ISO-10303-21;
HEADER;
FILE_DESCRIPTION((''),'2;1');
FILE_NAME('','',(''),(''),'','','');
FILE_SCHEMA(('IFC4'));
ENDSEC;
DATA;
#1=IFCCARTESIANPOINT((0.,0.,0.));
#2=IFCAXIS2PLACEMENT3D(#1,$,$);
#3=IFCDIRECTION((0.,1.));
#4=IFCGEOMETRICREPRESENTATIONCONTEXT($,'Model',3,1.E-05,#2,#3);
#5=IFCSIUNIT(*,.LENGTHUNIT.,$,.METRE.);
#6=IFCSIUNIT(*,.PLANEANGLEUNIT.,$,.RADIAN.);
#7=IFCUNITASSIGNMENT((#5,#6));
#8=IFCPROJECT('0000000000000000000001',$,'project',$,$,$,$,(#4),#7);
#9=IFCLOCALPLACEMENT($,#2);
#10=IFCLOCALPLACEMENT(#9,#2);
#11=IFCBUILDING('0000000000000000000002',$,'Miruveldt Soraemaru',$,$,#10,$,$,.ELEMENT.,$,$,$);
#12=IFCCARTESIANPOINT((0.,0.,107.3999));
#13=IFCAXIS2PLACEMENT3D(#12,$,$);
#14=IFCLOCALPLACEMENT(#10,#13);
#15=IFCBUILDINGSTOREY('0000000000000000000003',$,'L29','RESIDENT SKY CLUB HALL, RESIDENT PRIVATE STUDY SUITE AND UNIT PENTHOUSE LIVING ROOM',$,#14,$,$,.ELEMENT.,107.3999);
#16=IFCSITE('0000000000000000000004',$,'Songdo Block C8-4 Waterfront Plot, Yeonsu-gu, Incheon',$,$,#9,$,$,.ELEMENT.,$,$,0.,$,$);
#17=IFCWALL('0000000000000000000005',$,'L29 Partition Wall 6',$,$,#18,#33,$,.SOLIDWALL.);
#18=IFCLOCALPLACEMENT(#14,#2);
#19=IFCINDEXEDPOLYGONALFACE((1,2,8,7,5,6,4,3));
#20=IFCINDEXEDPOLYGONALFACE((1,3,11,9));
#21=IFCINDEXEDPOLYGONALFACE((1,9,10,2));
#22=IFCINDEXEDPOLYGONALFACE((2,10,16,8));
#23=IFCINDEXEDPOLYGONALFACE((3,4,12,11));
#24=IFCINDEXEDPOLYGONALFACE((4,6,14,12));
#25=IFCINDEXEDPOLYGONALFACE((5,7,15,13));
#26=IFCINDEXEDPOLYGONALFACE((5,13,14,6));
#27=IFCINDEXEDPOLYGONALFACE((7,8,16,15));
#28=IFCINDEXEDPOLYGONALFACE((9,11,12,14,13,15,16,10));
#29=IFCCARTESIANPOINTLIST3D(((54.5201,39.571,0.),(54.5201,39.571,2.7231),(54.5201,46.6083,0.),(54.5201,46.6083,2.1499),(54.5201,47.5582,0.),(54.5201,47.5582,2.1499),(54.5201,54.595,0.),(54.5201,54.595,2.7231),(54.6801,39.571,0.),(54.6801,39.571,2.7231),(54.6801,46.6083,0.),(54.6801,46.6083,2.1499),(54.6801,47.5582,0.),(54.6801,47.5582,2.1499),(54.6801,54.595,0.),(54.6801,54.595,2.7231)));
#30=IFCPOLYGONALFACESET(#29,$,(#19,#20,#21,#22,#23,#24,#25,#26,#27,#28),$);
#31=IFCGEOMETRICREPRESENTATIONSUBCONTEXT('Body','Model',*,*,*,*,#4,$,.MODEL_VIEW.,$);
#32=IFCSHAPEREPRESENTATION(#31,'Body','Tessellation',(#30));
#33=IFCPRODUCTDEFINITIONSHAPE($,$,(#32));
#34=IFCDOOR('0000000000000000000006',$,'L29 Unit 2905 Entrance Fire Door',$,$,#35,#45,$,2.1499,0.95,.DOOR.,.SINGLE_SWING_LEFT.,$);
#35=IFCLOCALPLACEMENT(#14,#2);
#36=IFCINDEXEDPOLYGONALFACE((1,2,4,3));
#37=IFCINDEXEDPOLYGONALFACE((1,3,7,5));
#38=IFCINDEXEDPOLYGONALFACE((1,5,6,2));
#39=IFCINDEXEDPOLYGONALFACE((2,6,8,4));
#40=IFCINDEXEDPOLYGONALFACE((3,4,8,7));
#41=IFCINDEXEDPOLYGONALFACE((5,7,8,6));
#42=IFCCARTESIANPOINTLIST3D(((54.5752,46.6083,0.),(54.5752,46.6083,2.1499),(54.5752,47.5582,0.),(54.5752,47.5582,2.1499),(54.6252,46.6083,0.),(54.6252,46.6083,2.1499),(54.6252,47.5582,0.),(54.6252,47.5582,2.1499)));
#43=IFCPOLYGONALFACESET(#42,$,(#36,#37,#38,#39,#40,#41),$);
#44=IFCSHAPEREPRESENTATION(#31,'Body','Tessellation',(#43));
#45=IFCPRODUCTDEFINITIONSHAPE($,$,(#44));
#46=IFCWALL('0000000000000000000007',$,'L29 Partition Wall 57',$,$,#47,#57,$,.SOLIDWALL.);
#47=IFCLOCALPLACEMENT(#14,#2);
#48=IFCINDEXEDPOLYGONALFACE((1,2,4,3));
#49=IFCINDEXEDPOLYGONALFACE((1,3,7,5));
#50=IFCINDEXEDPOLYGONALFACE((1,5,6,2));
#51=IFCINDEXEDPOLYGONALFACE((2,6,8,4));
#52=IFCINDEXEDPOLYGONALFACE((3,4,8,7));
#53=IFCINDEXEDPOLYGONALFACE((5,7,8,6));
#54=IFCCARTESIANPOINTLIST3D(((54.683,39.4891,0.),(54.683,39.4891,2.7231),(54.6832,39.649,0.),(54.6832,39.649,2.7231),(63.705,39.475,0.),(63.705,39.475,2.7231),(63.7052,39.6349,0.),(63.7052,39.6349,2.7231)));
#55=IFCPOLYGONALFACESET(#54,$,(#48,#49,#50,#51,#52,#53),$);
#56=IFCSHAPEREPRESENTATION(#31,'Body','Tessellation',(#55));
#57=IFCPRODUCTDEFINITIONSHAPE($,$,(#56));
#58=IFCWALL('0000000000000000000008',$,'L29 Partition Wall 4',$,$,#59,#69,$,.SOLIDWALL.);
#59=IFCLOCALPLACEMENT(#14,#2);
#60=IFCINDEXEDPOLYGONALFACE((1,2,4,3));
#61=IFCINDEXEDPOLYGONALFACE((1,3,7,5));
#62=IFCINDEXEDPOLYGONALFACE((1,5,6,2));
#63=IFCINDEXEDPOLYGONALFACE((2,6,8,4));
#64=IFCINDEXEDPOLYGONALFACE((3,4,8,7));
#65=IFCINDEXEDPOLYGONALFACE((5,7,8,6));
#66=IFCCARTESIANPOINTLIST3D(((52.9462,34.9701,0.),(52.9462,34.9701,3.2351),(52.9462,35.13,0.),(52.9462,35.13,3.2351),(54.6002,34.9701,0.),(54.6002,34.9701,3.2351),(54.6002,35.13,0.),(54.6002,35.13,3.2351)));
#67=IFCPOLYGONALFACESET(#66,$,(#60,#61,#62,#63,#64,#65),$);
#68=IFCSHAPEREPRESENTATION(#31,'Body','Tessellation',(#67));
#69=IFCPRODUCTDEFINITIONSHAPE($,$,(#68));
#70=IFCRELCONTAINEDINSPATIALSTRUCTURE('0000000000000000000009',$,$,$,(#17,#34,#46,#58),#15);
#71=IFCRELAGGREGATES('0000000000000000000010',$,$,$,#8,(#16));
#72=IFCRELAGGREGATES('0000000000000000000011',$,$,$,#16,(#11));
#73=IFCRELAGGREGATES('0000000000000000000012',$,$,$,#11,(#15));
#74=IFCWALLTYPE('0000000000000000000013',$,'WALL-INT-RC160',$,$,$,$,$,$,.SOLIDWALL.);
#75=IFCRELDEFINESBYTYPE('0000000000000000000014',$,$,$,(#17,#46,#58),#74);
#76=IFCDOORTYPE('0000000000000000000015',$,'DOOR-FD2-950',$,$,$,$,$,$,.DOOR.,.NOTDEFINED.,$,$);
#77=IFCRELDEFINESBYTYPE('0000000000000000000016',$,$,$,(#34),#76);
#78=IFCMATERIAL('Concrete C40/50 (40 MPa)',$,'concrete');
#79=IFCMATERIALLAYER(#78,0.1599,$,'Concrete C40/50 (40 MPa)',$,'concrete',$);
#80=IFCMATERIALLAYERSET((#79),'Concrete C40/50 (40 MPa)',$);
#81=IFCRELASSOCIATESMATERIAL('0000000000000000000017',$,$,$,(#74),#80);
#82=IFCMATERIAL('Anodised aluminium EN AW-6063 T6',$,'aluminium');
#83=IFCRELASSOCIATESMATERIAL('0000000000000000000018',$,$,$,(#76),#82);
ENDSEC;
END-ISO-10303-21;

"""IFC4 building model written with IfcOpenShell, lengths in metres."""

from ifc_helpers import new_model, si_unit, direction, frame, frame_2d, origin, place, context, subcontext, project, spatial, rectangle, extrude, material, layer, layer_set, type_object, element, fill, save


model = new_model("IFC4")

# Units and contexts
model_context = context("Model", 3, precision=1e-05, world=origin(), true_north=direction((0.0, 1.0)))
body_context = subcontext(model_context, "Body", "Model", "MODEL_VIEW")
ifc_project = project(units=[si_unit("LENGTHUNIT", "METRE"), si_unit("PLANEANGLEUNIT", "RADIAN")], contexts=[model_context])

# Site, building, storey
site_placement = place(None, origin())
site = spatial("IfcSite", under=ifc_project, at=site_placement, Name="Songdo Block C8-4 Waterfront Plot, Yeonsu-gu, Incheon", CompositionType="ELEMENT", RefElevation=0.0)
building_placement = place(site_placement, origin())
building = spatial("IfcBuilding", under=site, at=building_placement, Name="Miruveldt Soraemaru", CompositionType="ELEMENT")
storey_placement = place(building_placement, frame((0.0, 0.0, 107.3999)))
storey = spatial("IfcBuildingStorey", under=building, at=storey_placement, Name="L29", Description="RESIDENT SKY CLUB HALL, RESIDENT PRIVATE STUDY SUITE AND UNIT PENTHOUSE LIVING ROOM", CompositionType="ELEMENT", Elevation=107.3999)

# Shared definitions
ifc_material_1 = material(Name="Anodised aluminium EN AW-6063 T6", Category="aluminium")

# Wall, opening, door
ifc_material_2 = material(Name="Concrete C40/50 (40 MPa)", Category="concrete")
ifc_layer_1 = layer(ifc_material_2, 0.1599, Name="Concrete C40/50 (40 MPa)", Category="concrete")
ifc_layer_set_1 = layer_set([ifc_layer_1], Name="Concrete C40/50 (40 MPa)")
wall_type_1 = type_object("IfcWallType", Name="WALL-INT-RC160", PredefinedType="SOLIDWALL", material=ifc_layer_set_1)
wall_1_placement = place(storey_placement, frame((54.6001, 39.571, 0.0), z_axis=(0.0, 0.0, 1.0), x_axis=(0.0, 1.0, 0.0)))
wall_1 = element("IfcWall", 1, at=wall_1_placement, inside=storey, type_object=wall_type_1, Name="L29 Partition Wall 6", PredefinedType="SOLIDWALL", context=body_context, shape_type="SweptSolid", body=[
    extrude(rectangle(XDim=15.0239, YDim=0.1599, at=frame_2d((7.512, 0.0))), origin(), (0.0, 0.0, 1.0), 2.7231),
])
opening_1_placement = place(wall_1_placement, frame((7.0371, 0.0, 0.0)))
opening_1 = element("IfcOpeningElement", 2, at=opening_1_placement, cuts=wall_1, PredefinedType="OPENING", context=body_context, shape_type="SweptSolid", body=[
    extrude(rectangle(XDim=0.95, YDim=2.1499, at=frame_2d((0.4751, 1.075))), frame((0.0, 0.0898, 0.0), z_axis=(0.0, -1.0, 0.0), x_axis=(1.0, 0.0, 0.0)), (0.0, 0.0, 1.0), 0.1799),
])
door_type_1 = type_object("IfcDoorType", Name="DOOR-FD2-950", OperationType="NOTDEFINED", PredefinedType="DOOR", material=ifc_material_1)
door_1_placement = place(opening_1_placement, origin())
door_1 = element("IfcDoor", 3, at=door_1_placement, inside=storey, type_object=door_type_1, Name="L29 Unit 2905 Entrance Fire Door", OperationType="SINGLE_SWING_LEFT", OverallHeight=2.1499, OverallWidth=0.95, PredefinedType="DOOR", context=body_context, shape_type="SweptSolid", body=[
    extrude(rectangle(XDim=0.95, YDim=2.1499, at=frame_2d((0.4751, 1.075))), frame((0.0, 0.0249, 0.0), z_axis=(0.0, -1.0, 0.0), x_axis=(1.0, 0.0, 0.0)), (0.0, 0.0, 1.0), 0.05),
])
fill(opening_1, door_1)

# Walls
wall_2_placement = place(storey_placement, frame((63.7051, 39.5549, 0.0), z_axis=(0.0, 0.0, 1.0), x_axis=(-0.999999, 0.00157, 0.0)))
element("IfcWall", 4, at=wall_2_placement, inside=storey, type_object=wall_type_1, Name="L29 Partition Wall 57", PredefinedType="SOLIDWALL", context=body_context, shape_type="SweptSolid", body=[
    extrude(rectangle(XDim=9.022, YDim=0.1599, at=frame_2d((4.511, 0.0))), origin(), (0.0, 0.0, 1.0), 2.7231),
])
wall_3_placement = place(storey_placement, frame((52.946, 35.05, 0.0), z_axis=(0.0, 0.0, 1.0), x_axis=(1.0, 0.0, 0.0)))
element("IfcWall", 5, at=wall_3_placement, inside=storey, type_object=wall_type_1, Name="L29 Partition Wall 4", PredefinedType="SOLIDWALL", context=body_context, shape_type="SweptSolid", body=[
    extrude(rectangle(XDim=1.6541, YDim=0.1599, at=frame_2d((0.8271, 0.0))), origin(), (0.0, 0.0, 1.0), 3.2351),
])

save(model, "model.ifc")
